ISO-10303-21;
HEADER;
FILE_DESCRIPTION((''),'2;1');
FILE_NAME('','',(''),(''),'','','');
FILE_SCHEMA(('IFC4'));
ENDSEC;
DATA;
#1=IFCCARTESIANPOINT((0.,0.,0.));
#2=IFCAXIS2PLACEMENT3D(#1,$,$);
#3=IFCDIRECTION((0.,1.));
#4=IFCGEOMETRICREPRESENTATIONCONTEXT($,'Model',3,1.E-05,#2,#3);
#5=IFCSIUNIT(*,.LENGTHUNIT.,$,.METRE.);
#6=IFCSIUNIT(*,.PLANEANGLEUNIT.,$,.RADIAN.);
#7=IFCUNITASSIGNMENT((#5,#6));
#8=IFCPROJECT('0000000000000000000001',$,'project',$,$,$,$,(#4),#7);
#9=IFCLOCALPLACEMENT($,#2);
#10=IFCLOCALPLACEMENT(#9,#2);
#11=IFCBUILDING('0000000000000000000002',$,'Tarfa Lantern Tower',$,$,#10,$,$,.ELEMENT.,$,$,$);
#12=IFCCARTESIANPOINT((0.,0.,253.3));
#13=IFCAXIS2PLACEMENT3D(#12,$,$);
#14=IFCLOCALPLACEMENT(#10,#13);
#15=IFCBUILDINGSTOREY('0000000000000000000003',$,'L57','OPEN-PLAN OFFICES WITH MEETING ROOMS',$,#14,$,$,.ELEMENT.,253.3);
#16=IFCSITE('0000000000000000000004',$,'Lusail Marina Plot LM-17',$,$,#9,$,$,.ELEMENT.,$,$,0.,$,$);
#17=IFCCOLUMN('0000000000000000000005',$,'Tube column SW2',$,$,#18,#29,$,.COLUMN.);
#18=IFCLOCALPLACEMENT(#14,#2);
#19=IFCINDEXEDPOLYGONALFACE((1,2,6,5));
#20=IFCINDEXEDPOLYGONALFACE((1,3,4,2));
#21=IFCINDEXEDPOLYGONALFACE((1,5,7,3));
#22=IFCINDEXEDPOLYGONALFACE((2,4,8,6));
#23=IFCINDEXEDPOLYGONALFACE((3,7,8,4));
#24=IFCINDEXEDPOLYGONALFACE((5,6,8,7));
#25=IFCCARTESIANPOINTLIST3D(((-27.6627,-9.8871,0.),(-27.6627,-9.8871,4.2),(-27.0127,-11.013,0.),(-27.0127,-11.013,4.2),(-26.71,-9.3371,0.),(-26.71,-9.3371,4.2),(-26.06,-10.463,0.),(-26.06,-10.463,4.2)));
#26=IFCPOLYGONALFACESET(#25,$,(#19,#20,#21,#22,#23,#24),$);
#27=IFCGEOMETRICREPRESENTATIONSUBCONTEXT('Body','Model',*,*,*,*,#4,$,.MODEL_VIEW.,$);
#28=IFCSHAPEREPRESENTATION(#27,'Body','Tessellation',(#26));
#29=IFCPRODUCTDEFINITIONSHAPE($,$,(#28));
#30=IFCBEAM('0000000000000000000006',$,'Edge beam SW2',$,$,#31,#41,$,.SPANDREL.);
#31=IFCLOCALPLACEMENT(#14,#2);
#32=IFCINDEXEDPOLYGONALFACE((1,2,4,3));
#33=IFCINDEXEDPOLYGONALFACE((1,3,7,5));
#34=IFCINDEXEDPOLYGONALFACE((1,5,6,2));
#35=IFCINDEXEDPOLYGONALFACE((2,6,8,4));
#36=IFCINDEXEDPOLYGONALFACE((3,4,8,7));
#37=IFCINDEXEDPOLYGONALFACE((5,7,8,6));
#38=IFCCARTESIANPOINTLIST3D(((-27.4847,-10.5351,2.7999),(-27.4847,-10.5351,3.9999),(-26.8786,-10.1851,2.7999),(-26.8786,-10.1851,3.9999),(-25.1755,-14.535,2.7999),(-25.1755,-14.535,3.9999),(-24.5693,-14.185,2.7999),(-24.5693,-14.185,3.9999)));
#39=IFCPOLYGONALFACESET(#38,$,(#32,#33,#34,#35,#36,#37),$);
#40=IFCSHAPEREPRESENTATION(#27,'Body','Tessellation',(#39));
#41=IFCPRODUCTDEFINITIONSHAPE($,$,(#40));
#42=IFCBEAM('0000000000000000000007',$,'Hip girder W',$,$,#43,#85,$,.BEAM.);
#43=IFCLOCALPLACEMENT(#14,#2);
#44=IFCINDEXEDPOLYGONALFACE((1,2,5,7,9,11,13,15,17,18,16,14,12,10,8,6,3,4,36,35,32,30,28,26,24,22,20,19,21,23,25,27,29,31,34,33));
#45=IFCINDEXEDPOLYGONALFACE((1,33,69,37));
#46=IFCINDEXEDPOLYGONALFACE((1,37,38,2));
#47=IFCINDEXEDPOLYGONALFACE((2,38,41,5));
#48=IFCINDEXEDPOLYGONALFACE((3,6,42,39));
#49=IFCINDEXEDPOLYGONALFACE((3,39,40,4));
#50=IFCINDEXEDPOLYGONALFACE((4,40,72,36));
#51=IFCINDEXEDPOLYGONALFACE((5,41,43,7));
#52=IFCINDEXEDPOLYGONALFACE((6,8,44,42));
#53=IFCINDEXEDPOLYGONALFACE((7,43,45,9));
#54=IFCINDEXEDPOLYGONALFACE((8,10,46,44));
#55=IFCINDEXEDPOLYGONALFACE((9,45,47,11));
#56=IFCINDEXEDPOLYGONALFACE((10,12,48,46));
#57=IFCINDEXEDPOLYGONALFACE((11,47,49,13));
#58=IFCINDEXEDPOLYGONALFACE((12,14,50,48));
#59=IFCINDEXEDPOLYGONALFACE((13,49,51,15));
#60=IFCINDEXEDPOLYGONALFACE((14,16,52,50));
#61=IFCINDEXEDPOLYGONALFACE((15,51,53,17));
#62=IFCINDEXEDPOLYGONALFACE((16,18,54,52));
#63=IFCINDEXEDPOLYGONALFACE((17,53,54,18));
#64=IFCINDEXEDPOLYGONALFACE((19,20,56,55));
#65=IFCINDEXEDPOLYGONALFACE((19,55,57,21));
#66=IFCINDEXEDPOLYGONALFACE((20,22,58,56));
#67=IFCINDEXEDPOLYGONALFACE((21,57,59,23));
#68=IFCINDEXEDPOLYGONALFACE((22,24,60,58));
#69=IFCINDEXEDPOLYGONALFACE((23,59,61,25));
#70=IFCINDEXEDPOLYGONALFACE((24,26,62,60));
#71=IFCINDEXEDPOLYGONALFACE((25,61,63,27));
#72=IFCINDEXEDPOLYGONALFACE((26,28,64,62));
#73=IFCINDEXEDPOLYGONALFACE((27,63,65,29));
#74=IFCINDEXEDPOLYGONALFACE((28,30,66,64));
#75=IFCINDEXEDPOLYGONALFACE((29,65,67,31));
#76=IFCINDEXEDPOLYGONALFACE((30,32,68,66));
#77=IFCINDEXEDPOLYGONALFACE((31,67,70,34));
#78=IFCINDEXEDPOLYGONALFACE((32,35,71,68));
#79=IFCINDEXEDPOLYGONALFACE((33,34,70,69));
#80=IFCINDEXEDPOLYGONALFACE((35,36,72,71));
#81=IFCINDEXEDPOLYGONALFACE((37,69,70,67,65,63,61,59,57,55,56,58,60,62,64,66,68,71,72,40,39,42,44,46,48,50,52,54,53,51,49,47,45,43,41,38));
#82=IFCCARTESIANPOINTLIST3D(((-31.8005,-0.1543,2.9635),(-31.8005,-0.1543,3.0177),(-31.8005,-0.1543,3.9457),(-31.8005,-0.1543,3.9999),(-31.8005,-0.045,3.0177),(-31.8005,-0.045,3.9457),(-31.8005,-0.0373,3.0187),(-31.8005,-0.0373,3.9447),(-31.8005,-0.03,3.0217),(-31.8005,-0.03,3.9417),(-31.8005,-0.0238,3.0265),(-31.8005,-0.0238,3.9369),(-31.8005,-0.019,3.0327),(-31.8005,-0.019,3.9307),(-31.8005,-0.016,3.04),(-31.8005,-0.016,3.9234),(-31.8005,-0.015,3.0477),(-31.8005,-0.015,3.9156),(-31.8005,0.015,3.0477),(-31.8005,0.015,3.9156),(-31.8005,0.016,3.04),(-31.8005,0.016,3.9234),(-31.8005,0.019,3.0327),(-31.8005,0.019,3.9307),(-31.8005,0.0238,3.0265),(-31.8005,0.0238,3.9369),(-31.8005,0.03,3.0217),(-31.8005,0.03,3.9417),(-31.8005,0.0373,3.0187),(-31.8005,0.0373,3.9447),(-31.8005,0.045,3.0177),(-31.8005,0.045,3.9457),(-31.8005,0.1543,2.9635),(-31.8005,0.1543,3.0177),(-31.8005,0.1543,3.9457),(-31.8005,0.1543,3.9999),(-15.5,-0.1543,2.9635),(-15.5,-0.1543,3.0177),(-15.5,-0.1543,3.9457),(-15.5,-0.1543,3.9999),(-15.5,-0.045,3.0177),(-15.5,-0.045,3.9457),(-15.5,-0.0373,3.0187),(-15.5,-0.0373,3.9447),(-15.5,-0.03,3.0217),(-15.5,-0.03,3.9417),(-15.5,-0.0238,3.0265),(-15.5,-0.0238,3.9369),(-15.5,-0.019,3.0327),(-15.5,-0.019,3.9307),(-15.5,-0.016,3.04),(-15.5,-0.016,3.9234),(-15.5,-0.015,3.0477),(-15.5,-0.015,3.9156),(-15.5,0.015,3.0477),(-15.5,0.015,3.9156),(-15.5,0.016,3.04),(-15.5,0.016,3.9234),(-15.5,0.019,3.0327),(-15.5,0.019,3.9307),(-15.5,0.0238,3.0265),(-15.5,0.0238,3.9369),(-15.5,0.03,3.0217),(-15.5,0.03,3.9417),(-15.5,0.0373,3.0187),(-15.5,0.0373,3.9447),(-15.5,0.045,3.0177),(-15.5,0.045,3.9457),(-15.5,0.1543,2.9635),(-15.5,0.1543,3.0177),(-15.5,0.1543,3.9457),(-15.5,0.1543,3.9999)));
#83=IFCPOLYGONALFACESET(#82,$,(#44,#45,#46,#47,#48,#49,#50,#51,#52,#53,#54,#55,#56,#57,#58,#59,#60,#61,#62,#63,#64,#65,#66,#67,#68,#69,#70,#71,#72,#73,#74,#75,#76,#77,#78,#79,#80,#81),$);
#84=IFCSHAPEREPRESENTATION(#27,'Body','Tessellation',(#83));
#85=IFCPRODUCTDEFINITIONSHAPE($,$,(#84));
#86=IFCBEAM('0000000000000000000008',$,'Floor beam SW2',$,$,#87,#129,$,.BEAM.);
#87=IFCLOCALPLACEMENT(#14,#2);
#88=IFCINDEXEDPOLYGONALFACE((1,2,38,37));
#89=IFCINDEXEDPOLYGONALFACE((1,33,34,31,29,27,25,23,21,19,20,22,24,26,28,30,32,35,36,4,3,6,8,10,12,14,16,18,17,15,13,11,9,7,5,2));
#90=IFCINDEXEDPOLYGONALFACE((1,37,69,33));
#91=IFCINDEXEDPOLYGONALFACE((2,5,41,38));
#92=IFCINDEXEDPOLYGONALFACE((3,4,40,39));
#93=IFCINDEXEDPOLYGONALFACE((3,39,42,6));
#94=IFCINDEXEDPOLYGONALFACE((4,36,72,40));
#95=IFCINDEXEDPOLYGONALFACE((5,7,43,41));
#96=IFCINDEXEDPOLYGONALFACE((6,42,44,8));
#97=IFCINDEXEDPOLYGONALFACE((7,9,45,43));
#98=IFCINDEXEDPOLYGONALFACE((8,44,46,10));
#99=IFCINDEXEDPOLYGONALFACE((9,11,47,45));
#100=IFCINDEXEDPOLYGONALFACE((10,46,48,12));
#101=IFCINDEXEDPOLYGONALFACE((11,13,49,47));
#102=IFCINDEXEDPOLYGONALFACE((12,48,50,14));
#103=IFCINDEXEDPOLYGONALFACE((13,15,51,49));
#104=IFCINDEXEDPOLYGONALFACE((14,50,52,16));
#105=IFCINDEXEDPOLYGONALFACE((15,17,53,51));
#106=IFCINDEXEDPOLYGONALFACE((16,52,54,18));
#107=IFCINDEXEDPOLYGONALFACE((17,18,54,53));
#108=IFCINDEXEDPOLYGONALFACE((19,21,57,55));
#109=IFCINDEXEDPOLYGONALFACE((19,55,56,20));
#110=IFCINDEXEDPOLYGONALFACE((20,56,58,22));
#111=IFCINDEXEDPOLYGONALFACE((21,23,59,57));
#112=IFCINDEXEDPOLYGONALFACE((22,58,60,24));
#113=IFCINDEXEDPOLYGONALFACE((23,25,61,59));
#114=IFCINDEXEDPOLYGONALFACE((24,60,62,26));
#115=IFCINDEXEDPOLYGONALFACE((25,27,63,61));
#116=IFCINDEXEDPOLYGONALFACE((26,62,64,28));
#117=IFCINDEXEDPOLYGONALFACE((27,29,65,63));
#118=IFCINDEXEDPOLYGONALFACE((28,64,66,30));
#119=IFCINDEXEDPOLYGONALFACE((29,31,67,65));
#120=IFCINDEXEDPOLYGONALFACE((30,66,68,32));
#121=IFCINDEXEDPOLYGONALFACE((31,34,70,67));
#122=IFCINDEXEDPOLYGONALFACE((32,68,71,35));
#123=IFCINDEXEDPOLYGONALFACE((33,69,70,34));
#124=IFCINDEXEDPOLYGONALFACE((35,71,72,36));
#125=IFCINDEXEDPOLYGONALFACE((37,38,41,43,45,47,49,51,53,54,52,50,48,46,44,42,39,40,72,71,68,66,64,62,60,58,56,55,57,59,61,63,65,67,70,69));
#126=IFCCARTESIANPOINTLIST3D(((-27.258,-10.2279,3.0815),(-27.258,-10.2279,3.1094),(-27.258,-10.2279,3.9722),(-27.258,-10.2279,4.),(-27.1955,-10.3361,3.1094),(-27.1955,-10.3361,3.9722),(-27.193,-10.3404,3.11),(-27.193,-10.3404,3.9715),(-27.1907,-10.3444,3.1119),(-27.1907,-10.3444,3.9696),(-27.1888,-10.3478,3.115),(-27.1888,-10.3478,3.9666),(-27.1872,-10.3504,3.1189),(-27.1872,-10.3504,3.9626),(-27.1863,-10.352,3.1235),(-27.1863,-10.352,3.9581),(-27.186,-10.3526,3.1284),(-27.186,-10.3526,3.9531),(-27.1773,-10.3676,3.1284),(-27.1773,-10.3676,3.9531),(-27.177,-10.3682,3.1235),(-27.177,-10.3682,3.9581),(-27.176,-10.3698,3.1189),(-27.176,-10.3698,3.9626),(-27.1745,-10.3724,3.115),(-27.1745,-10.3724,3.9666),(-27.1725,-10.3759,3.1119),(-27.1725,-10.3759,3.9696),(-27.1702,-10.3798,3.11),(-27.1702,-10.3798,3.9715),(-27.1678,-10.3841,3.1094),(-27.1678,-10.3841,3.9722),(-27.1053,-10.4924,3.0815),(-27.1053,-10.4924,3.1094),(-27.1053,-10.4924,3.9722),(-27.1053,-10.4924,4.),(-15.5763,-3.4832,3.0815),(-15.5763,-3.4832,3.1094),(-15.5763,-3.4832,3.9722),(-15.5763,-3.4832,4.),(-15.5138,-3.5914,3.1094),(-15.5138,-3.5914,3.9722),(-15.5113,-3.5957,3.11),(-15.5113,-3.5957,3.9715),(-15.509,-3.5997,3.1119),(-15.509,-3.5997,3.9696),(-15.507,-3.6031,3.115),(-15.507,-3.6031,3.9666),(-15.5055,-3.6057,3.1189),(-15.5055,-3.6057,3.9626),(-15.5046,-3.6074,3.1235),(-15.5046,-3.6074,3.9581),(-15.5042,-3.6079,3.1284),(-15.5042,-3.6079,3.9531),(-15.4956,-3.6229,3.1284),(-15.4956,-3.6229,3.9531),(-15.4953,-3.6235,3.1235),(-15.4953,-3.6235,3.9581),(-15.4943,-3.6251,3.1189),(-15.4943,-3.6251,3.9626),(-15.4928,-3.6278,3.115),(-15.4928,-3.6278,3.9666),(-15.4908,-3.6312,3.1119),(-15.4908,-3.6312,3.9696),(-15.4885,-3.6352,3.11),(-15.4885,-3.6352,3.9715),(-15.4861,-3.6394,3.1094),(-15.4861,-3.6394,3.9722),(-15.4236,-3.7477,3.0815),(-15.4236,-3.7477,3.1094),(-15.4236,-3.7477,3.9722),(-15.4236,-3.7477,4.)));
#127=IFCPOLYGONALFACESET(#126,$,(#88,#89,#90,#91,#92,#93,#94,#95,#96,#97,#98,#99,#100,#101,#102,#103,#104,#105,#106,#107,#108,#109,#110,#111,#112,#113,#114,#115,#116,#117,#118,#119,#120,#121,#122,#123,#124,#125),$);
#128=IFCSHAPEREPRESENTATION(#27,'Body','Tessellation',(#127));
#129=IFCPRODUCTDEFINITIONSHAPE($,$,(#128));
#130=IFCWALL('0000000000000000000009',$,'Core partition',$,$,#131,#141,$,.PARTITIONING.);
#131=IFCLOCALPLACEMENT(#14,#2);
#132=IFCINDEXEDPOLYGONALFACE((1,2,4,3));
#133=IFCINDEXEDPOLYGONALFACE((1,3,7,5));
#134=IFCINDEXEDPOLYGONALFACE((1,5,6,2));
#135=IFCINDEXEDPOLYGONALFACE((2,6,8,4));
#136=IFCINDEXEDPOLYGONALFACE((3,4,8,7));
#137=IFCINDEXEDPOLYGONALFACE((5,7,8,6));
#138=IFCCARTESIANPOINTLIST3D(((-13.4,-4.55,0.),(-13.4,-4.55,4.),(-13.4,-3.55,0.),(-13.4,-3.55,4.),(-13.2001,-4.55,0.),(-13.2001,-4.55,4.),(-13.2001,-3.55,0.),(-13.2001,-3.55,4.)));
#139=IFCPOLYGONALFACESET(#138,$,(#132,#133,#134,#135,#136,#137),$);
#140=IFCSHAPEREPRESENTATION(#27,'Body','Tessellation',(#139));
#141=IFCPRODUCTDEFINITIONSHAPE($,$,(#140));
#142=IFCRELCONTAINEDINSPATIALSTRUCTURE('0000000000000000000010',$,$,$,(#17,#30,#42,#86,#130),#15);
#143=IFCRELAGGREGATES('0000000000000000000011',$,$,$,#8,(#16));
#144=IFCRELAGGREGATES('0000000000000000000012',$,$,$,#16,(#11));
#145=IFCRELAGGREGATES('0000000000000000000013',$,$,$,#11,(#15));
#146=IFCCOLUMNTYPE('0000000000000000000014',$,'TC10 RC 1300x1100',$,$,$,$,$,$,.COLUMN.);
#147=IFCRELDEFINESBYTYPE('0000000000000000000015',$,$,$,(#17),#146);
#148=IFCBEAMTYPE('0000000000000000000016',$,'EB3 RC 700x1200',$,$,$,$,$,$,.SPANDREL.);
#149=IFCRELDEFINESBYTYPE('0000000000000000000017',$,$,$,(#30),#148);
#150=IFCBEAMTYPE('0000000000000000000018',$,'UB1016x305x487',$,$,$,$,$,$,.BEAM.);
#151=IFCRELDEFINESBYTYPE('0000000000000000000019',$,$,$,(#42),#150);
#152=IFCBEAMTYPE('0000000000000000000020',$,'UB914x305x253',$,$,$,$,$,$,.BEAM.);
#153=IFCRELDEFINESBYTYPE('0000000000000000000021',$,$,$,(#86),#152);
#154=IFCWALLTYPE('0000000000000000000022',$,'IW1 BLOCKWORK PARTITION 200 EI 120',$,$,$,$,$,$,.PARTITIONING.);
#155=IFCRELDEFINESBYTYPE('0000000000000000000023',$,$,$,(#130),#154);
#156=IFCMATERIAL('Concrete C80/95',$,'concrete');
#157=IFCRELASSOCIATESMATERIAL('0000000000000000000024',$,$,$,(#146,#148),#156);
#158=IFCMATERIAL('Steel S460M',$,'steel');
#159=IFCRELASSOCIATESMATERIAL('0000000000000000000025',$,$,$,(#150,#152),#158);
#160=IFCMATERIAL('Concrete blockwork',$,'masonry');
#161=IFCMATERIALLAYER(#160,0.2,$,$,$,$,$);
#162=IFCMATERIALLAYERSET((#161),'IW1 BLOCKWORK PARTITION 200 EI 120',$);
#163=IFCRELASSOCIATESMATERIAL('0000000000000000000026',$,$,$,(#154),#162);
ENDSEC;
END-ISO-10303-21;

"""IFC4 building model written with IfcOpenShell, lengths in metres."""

from ifc_helpers import new_model, si_unit, direction, frame, frame_2d, origin, origin_2d, place, context, subcontext, project, spatial, rectangle, i_section, extrude, material, layer, layer_set, material_profile, profile_set, type_object, element, save


model = new_model("IFC4")

# Units and contexts
model_context = context("Model", 3, precision=1e-05, world=origin(), true_north=direction((0.0, 1.0)))
body_context = subcontext(model_context, "Body", "Model", "MODEL_VIEW")
ifc_project = project(units=[si_unit("LENGTHUNIT", "METRE"), si_unit("PLANEANGLEUNIT", "RADIAN")], contexts=[model_context])

# Site, building, storey
site_placement = place(None, origin())
site = spatial("IfcSite", under=ifc_project, at=site_placement, Name="Lusail Marina Plot LM-17", CompositionType="ELEMENT", RefElevation=0.0)
building_placement = place(site_placement, origin())
building = spatial("IfcBuilding", under=site, at=building_placement, Name="Tarfa Lantern Tower", CompositionType="ELEMENT")
storey_placement = place(building_placement, frame((0.0, 0.0, 253.3)))
storey = spatial("IfcBuildingStorey", under=building, at=storey_placement, Name="L57", Description="OPEN-PLAN OFFICES WITH MEETING ROOMS", CompositionType="ELEMENT", Elevation=253.3)

# Column
ifc_material_1 = material(Name="Concrete C80/95", Category="concrete")
ifc_material_profile_1 = material_profile(ifc_material_1, rectangle(XDim=1.3, YDim=1.1001, at=origin_2d()), Name="RC 1300x1100")
ifc_profile_set_1 = profile_set([ifc_material_profile_1], Name="Concrete C80/95")
column_type = type_object("IfcColumnType", Name="TC10 RC 1300x1100", PredefinedType="COLUMN", material=ifc_profile_set_1)
column_placement = place(storey_placement, frame((-26.8613, -10.175, 0.0), z_axis=(0.0, 0.0, 1.0), x_axis=(0.5, -0.866025, 0.0)))
element("IfcColumn", 1, at=column_placement, inside=storey, type_object=column_type, Name="Tube column SW2", PredefinedType="COLUMN", context=body_context, shape_type="SweptSolid", body=[
    extrude(rectangle(XDim=1.3, YDim=1.1001, at=origin_2d()), origin(), (0.0, 0.0, 1.0), 4.2),
])

# Beams
ifc_material_profile_2 = material_profile(ifc_material_1, rectangle(XDim=0.7, YDim=1.2, at=origin_2d()), Name="RC 700x1200")
ifc_profile_set_2 = profile_set([ifc_material_profile_2], Name="Concrete C80/95")
beam_type_1 = type_object("IfcBeamType", Name="EB3 RC 700x1200", PredefinedType="SPANDREL", material=ifc_profile_set_2)
beam_1_placement = place(storey_placement, frame((-27.1816, -10.3601, 3.3999), z_axis=(0.499988, -0.866032, 0.0), x_axis=(0.866032, 0.499988, 0.0)))
element("IfcBeam", 2, at=beam_1_placement, inside=storey, type_object=beam_type_1, Name="Edge beam SW2", PredefinedType="SPANDREL", context=body_context, shape_type="SweptSolid", body=[
    extrude(rectangle(XDim=0.7, YDim=1.2, at=origin_2d()), origin(), (0.0, 0.0, 1.0), 4.6187),
])
ifc_material_2 = material(Name="Steel S460M", Category="steel")
ifc_material_profile_3 = material_profile(ifc_material_2, i_section(OverallWidth=0.3086, OverallDepth=1.0364, WebThickness=0.03, FlangeThickness=0.0542, FilletRadius=0.03, at=origin_2d()), Name="UB1016x305x487")
ifc_profile_set_3 = profile_set([ifc_material_profile_3], Name="Steel S460M")
beam_type_2 = type_object("IfcBeamType", Name="UB1016x305x487", PredefinedType="BEAM", material=ifc_profile_set_3)
beam_2_placement = place(storey_placement, frame((-15.5, 0.0, 3.4817), z_axis=(-1.0, 0.0, 0.0), x_axis=(0.0, -1.0, 0.0)))
element("IfcBeam", 3, at=beam_2_placement, inside=storey, type_object=beam_type_2, Name="Hip girder W", PredefinedType="BEAM", context=body_context, shape_type="SweptSolid", body=[
    extrude(i_section(OverallWidth=0.3086, OverallDepth=1.0364, WebThickness=0.03, FlangeThickness=0.0542, FilletRadius=0.03, at=origin_2d()), origin(), (0.0, 0.0, 1.0), 16.3005),
])
ifc_material_profile_4 = material_profile(ifc_material_2, i_section(OverallWidth=0.3054, OverallDepth=0.9185, WebThickness=0.0173, FlangeThickness=0.0278, FilletRadius=0.019, at=origin_2d()), Name="UB914x305x253")
ifc_profile_set_4 = profile_set([ifc_material_profile_4], Name="Steel S460M")
beam_type_3 = type_object("IfcBeamType", Name="UB914x305x253", PredefinedType="BEAM", material=ifc_profile_set_4)
beam_3_placement = place(storey_placement, frame((-27.1816, -10.3601, 3.5408), z_axis=(0.866018, 0.500013, 0.0), x_axis=(-0.500013, 0.866018, 0.0)))
element("IfcBeam", 4, at=beam_3_placement, inside=storey, type_object=beam_type_3, Name="Floor beam SW2", PredefinedType="BEAM", context=body_context, shape_type="SweptSolid", body=[
    extrude(i_section(OverallWidth=0.3054, OverallDepth=0.9185, WebThickness=0.0173, FlangeThickness=0.0278, FilletRadius=0.019, at=origin_2d()), origin(), (0.0, 0.0, 1.0), 13.489),
])

# Wall
ifc_material_3 = material(Name="Concrete blockwork", Category="masonry")
ifc_layer_1 = layer(ifc_material_3, 0.2)
ifc_layer_set_1 = layer_set([ifc_layer_1], Name="IW1 BLOCKWORK PARTITION 200 EI 120")
wall_type_1 = type_object("IfcWallType", Name="IW1 BLOCKWORK PARTITION 200 EI 120", PredefinedType="PARTITIONING", material=ifc_layer_set_1)
wall_1_placement = place(storey_placement, frame((-13.3, -3.55, 0.0), z_axis=(0.0, 0.0, 1.0), x_axis=(0.0, -1.0, 0.0)))
element("IfcWall", 5, at=wall_1_placement, inside=storey, type_object=wall_type_1, Name="Core partition", PredefinedType="PARTITIONING", context=body_context, shape_type="SweptSolid", body=[
    extrude(rectangle(XDim=1.0, YDim=0.2, at=frame_2d((0.5, 0.0))), origin(), (0.0, 0.0, 1.0), 4.0),
])

save(model, "model.ifc")
